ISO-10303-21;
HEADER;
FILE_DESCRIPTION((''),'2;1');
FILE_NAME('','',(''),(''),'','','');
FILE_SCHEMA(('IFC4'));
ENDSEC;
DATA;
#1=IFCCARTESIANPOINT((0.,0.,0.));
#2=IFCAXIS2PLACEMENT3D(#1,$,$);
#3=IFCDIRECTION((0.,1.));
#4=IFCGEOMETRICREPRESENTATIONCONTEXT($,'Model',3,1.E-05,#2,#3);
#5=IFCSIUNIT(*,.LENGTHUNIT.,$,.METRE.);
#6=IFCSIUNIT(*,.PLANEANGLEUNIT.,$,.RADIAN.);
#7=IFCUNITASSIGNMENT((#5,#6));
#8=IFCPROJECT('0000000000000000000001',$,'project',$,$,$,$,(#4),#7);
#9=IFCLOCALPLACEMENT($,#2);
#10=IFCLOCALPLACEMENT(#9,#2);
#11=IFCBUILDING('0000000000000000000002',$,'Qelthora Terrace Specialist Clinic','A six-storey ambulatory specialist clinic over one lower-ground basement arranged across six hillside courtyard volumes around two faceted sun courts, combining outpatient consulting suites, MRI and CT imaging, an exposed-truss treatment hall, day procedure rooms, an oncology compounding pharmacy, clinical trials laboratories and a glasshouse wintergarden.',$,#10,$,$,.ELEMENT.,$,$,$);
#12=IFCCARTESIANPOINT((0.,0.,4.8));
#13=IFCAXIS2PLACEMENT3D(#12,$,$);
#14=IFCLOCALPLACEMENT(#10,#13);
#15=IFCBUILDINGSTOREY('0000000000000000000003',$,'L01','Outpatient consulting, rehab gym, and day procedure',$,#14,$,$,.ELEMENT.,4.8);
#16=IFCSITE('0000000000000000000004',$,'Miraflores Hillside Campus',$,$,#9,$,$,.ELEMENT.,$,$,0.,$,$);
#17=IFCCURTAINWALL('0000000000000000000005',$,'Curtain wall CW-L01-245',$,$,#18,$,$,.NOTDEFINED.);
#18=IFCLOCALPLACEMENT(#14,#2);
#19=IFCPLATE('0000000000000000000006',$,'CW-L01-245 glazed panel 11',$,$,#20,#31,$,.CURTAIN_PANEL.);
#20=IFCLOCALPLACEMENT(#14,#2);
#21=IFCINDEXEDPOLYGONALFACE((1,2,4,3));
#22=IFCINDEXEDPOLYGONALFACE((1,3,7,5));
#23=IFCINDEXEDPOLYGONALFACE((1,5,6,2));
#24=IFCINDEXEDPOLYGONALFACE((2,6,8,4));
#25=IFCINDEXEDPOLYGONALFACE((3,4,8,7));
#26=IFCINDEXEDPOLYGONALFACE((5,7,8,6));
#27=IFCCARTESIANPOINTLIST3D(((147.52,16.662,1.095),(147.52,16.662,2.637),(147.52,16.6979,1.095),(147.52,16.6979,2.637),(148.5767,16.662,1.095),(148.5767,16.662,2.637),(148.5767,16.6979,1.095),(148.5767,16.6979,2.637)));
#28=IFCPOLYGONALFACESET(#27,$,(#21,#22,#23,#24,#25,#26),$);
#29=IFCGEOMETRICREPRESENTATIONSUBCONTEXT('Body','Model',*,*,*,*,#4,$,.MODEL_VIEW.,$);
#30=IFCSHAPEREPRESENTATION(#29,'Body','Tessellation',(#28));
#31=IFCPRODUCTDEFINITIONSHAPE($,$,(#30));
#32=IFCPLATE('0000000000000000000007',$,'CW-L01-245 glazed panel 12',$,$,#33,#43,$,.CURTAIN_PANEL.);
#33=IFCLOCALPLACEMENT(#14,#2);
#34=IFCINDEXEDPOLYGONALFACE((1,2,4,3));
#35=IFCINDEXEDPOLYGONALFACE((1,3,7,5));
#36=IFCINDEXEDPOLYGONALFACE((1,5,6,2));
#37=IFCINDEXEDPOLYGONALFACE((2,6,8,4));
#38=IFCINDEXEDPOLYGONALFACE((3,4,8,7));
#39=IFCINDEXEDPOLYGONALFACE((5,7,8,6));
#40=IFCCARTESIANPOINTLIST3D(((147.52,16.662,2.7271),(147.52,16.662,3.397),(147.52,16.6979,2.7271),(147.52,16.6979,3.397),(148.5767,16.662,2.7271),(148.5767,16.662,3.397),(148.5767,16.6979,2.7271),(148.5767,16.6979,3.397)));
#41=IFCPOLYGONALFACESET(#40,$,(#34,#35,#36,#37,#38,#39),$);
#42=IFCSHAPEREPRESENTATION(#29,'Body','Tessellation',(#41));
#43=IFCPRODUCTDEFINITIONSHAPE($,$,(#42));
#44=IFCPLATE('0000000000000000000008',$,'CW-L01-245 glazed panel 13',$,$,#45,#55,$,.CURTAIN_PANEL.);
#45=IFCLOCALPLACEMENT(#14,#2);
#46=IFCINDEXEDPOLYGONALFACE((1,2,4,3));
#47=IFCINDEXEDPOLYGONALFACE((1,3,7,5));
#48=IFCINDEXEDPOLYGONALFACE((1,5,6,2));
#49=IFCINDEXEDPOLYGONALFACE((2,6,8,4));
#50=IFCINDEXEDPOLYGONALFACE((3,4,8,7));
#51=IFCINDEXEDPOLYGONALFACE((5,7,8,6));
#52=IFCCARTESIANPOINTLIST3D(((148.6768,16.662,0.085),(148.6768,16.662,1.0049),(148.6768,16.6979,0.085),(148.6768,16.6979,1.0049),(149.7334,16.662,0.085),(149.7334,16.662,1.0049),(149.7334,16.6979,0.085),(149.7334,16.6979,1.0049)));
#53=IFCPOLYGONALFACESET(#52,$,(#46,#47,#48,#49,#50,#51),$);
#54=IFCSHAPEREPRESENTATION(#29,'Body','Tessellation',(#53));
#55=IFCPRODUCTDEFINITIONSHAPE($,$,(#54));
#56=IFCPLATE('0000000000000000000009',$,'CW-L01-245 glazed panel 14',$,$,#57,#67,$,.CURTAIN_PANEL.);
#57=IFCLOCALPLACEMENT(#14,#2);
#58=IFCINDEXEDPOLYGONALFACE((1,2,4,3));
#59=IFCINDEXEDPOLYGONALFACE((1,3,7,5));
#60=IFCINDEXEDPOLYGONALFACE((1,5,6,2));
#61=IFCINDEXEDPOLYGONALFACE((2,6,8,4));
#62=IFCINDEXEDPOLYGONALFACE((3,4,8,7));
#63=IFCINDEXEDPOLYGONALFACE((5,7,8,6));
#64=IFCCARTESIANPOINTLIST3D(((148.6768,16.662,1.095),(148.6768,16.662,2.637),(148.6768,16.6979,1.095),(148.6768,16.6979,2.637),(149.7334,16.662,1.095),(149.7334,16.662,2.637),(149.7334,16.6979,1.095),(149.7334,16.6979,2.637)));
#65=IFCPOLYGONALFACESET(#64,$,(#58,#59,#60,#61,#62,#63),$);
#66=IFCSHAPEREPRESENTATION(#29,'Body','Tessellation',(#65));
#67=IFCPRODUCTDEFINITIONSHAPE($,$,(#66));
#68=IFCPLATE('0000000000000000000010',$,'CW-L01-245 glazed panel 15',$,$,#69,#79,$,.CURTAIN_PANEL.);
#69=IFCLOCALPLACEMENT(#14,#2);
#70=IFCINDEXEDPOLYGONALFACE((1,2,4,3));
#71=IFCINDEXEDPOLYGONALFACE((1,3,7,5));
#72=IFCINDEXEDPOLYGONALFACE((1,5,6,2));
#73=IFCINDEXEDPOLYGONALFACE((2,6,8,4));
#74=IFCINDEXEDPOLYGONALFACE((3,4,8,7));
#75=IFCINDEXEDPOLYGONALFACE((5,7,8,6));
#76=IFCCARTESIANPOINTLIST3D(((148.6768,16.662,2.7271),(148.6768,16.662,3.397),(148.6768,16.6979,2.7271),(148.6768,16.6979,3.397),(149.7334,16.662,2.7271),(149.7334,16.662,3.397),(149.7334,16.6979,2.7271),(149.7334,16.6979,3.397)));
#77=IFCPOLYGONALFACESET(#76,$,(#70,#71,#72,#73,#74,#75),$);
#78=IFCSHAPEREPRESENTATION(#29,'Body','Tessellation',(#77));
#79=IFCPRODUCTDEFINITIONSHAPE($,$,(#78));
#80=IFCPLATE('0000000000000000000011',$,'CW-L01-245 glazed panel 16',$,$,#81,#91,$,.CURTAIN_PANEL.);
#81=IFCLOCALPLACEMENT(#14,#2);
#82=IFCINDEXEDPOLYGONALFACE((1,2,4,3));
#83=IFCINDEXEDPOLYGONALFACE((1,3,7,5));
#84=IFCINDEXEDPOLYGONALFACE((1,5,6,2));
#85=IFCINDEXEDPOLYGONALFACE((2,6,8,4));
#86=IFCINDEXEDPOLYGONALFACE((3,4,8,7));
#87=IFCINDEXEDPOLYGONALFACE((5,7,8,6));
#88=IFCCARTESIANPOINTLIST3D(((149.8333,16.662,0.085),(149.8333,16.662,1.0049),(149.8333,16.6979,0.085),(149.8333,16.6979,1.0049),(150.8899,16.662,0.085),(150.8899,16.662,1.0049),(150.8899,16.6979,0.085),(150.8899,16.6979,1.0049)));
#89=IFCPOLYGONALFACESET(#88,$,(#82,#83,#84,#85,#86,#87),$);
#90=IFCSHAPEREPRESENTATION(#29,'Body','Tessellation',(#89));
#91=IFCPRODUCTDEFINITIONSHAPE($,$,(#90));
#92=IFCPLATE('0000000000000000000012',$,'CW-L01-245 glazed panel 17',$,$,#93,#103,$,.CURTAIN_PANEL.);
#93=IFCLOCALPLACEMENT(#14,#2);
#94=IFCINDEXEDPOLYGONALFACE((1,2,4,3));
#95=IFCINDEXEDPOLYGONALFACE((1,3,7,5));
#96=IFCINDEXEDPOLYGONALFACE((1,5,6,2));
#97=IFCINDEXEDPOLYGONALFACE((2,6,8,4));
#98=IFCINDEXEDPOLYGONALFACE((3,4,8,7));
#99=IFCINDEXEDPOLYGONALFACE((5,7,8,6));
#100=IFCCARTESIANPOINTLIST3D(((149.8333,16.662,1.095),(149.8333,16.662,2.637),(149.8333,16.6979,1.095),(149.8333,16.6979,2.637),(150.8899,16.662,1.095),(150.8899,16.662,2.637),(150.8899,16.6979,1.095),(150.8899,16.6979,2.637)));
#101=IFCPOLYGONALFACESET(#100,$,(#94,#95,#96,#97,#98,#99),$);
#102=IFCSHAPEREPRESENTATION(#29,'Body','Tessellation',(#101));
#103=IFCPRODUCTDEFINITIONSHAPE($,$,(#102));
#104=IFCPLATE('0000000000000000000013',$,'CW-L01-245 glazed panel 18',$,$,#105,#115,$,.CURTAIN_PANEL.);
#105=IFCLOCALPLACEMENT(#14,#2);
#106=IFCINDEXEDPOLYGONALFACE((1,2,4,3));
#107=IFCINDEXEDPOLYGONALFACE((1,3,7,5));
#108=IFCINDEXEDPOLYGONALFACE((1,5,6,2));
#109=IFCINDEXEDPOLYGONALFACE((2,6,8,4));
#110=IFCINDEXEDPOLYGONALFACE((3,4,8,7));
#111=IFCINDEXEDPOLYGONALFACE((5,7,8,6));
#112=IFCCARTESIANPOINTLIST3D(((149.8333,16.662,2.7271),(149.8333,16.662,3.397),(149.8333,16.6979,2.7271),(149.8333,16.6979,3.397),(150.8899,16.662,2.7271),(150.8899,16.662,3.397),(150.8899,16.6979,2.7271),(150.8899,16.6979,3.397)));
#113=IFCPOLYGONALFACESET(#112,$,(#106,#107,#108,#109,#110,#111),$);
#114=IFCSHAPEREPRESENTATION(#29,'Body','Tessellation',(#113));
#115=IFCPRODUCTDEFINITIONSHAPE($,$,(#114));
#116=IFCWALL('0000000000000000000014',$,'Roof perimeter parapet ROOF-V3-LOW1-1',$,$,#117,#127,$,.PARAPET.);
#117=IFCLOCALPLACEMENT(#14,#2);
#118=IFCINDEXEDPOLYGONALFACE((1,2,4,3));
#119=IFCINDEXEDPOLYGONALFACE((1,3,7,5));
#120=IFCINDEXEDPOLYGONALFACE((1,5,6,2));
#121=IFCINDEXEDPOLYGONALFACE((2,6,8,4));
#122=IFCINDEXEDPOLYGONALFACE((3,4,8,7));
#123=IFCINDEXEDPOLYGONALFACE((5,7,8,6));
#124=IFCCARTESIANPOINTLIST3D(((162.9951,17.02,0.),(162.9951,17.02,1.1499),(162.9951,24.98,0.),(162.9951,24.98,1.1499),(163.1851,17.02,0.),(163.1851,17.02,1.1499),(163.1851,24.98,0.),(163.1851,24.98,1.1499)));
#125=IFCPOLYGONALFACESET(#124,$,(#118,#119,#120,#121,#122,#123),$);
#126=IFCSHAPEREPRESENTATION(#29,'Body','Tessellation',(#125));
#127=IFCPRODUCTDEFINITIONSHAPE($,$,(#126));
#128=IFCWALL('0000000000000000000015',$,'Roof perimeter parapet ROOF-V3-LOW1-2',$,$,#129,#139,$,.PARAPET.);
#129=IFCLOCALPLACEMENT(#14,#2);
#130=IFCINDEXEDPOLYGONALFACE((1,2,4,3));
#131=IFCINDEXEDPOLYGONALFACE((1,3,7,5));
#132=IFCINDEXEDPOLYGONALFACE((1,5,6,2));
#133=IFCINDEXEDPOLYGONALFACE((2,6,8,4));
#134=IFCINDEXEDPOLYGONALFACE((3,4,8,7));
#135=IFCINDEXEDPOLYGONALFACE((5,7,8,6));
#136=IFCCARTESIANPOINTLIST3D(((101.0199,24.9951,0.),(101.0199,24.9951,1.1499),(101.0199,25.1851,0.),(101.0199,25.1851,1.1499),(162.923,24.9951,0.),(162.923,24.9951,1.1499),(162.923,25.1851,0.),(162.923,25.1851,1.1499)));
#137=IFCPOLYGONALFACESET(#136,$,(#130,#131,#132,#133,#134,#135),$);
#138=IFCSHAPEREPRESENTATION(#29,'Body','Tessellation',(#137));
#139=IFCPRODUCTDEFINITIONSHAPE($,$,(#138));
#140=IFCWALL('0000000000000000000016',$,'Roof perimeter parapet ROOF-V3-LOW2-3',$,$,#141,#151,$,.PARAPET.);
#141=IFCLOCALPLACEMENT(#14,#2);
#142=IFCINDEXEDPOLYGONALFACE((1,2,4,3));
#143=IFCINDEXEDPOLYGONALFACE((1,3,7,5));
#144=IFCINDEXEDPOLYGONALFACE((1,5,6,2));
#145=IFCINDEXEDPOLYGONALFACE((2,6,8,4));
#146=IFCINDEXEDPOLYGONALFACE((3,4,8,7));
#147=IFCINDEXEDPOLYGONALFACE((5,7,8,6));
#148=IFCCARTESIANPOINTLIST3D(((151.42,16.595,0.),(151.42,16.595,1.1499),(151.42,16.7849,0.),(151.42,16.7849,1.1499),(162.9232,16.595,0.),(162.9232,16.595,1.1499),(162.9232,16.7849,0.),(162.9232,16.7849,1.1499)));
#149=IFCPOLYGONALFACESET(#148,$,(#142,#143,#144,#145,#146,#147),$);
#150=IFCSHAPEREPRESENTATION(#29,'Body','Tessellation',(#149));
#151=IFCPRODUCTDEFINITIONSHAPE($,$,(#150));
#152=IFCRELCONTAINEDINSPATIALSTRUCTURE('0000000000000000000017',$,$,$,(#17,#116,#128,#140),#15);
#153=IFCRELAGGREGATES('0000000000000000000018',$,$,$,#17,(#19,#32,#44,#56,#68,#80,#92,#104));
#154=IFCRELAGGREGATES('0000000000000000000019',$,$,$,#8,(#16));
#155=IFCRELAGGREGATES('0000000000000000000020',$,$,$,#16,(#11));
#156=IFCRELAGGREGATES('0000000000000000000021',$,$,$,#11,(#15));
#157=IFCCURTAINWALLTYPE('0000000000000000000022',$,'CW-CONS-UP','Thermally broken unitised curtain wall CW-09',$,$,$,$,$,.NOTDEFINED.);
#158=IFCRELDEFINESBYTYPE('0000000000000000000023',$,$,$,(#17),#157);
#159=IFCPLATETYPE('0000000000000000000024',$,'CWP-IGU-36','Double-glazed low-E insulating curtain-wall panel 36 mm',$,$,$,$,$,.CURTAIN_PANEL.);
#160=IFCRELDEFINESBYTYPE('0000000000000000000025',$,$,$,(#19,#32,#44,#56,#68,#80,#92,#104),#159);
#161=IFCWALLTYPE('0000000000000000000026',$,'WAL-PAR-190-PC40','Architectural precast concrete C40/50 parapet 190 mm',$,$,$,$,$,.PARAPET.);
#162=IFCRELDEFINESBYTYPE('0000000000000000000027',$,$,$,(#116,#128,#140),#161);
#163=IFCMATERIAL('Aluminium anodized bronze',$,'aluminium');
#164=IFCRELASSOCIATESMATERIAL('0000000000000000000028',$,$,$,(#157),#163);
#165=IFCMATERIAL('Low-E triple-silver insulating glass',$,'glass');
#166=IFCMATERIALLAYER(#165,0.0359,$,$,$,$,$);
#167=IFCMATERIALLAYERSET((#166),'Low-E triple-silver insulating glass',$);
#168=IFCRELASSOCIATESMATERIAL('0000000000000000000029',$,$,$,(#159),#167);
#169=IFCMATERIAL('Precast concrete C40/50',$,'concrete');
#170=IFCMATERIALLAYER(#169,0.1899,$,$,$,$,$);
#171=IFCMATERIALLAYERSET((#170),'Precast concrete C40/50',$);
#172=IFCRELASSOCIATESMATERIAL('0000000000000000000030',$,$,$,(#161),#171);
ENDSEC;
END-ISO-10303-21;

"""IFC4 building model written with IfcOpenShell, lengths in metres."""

from ifc_helpers import new_model, si_unit, direction, frame, frame_2d, origin, origin_2d, place, context, subcontext, project, spatial, rectangle, extrude, material, layer, layer_set, type_object, element, aggregate, save


model = new_model("IFC4")

# Units and contexts
model_context = context("Model", 3, precision=1e-05, world=origin(), true_north=direction((0.0, 1.0)))
body_context = subcontext(model_context, "Body", "Model", "MODEL_VIEW")
ifc_project = project(units=[si_unit("LENGTHUNIT", "METRE"), si_unit("PLANEANGLEUNIT", "RADIAN")], contexts=[model_context])

# Site, building, storey
site_placement = place(None, origin())
site = spatial("IfcSite", under=ifc_project, at=site_placement, Name="Miraflores Hillside Campus", CompositionType="ELEMENT", RefElevation=0.0)
building_placement = place(site_placement, origin())
building = spatial("IfcBuilding", under=site, at=building_placement, Name="Qelthora Terrace Specialist Clinic", Description="A six-storey ambulatory specialist clinic over one lower-ground basement arranged across six hillside courtyard volumes around two faceted sun courts, combining outpatient consulting suites, MRI and CT imaging, an exposed-truss treatment hall, day procedure rooms, an oncology compounding pharmacy, clinical trials laboratories and a glasshouse wintergarden.", CompositionType="ELEMENT")
storey_placement = place(building_placement, frame((0.0, 0.0, 4.8)))
storey = spatial("IfcBuildingStorey", under=building, at=storey_placement, Name="L01", Description="Outpatient consulting, rehab gym, and day procedure", CompositionType="ELEMENT", Elevation=4.8)

# Curtain wall
ifc_material_1 = material(Name="Aluminium anodized bronze", Category="aluminium")
curtain_wall_type = type_object("IfcCurtainWallType", Name="CW-CONS-UP", Description="Thermally broken unitised curtain wall CW-09", PredefinedType="NOTDEFINED", material=ifc_material_1)
curtain_wall_placement = place(storey_placement, origin())
curtain_wall = element("IfcCurtainWall", 1, at=curtain_wall_placement, inside=storey, type_object=curtain_wall_type, Name="Curtain wall CW-L01-245", PredefinedType="NOTDEFINED")

# Plates
ifc_material_2 = material(Name="Low-E triple-silver insulating glass", Category="glass")
ifc_layer_1 = layer(ifc_material_2, 0.0359)
ifc_layer_set_1 = layer_set([ifc_layer_1], Name="Low-E triple-silver insulating glass")
plate_type = type_object("IfcPlateType", Name="CWP-IGU-36", Description="Double-glazed low-E insulating curtain-wall panel 36 mm", PredefinedType="CURTAIN_PANEL", material=ifc_layer_set_1)
plate_1_placement = place(storey_placement, frame((148.0483, 16.6799, 1.095), z_axis=(0.0, 0.0, 1.0), x_axis=(1.0, 0.0, 0.0)))
plate_1 = element("IfcPlate", 2, at=plate_1_placement, type_object=plate_type, Name="CW-L01-245 glazed panel 11", PredefinedType="CURTAIN_PANEL", context=body_context, shape_type="SweptSolid", body=[
    extrude(rectangle(XDim=1.0566, YDim=0.0359, at=origin_2d()), origin(), (0.0, 0.0, 1.0), 1.542),
])
plate_2_placement = place(storey_placement, frame((148.0483, 16.6799, 2.7271), z_axis=(0.0, 0.0, 1.0), x_axis=(1.0, 0.0, 0.0)))
plate_2 = element("IfcPlate", 3, at=plate_2_placement, type_object=plate_type, Name="CW-L01-245 glazed panel 12", PredefinedType="CURTAIN_PANEL", context=body_context, shape_type="SweptSolid", body=[
    extrude(rectangle(XDim=1.0566, YDim=0.0359, at=origin_2d()), origin(), (0.0, 0.0, 1.0), 0.6699),
])
plate_3_placement = place(storey_placement, frame((149.2051, 16.6799, 0.085), z_axis=(0.0, 0.0, 1.0), x_axis=(1.0, 0.0, 0.0)))
plate_3 = element("IfcPlate", 4, at=plate_3_placement, type_object=plate_type, Name="CW-L01-245 glazed panel 13", PredefinedType="CURTAIN_PANEL", context=body_context, shape_type="SweptSolid", body=[
    extrude(rectangle(XDim=1.0566, YDim=0.0359, at=origin_2d()), origin(), (0.0, 0.0, 1.0), 0.9199),
])
plate_4_placement = place(storey_placement, frame((149.2051, 16.6799, 1.095), z_axis=(0.0, 0.0, 1.0), x_axis=(1.0, 0.0, 0.0)))
plate_4 = element("IfcPlate", 5, at=plate_4_placement, type_object=plate_type, Name="CW-L01-245 glazed panel 14", PredefinedType="CURTAIN_PANEL", context=body_context, shape_type="SweptSolid", body=[
    extrude(rectangle(XDim=1.0566, YDim=0.0359, at=origin_2d()), origin(), (0.0, 0.0, 1.0), 1.542),
])
plate_5_placement = place(storey_placement, frame((149.2051, 16.6799, 2.7271), z_axis=(0.0, 0.0, 1.0), x_axis=(1.0, 0.0, 0.0)))
plate_5 = element("IfcPlate", 6, at=plate_5_placement, type_object=plate_type, Name="CW-L01-245 glazed panel 15", PredefinedType="CURTAIN_PANEL", context=body_context, shape_type="SweptSolid", body=[
    extrude(rectangle(XDim=1.0566, YDim=0.0359, at=origin_2d()), origin(), (0.0, 0.0, 1.0), 0.6699),
])
plate_6_placement = place(storey_placement, frame((150.3616, 16.6799, 0.085), z_axis=(0.0, 0.0, 1.0), x_axis=(1.0, 0.0, 0.0)))
plate_6 = element("IfcPlate", 7, at=plate_6_placement, type_object=plate_type, Name="CW-L01-245 glazed panel 16", PredefinedType="CURTAIN_PANEL", context=body_context, shape_type="SweptSolid", body=[
    extrude(rectangle(XDim=1.0566, YDim=0.0359, at=origin_2d()), origin(), (0.0, 0.0, 1.0), 0.9199),
])
plate_7_placement = place(storey_placement, frame((150.3616, 16.6799, 1.095), z_axis=(0.0, 0.0, 1.0), x_axis=(1.0, 0.0, 0.0)))
plate_7 = element("IfcPlate", 8, at=plate_7_placement, type_object=plate_type, Name="CW-L01-245 glazed panel 17", PredefinedType="CURTAIN_PANEL", context=body_context, shape_type="SweptSolid", body=[
    extrude(rectangle(XDim=1.0566, YDim=0.0359, at=origin_2d()), origin(), (0.0, 0.0, 1.0), 1.542),
])
plate_8_placement = place(storey_placement, frame((150.3616, 16.6799, 2.7271), z_axis=(0.0, 0.0, 1.0), x_axis=(1.0, 0.0, 0.0)))
plate_8 = element("IfcPlate", 9, at=plate_8_placement, type_object=plate_type, Name="CW-L01-245 glazed panel 18", PredefinedType="CURTAIN_PANEL", context=body_context, shape_type="SweptSolid", body=[
    extrude(rectangle(XDim=1.0566, YDim=0.0359, at=origin_2d()), origin(), (0.0, 0.0, 1.0), 0.6699),
])
aggregate(curtain_wall, [plate_1, plate_2, plate_3, plate_4, plate_5, plate_6, plate_7, plate_8])

# Walls
ifc_material_3 = material(Name="Precast concrete C40/50", Category="concrete")
ifc_layer_2 = layer(ifc_material_3, 0.1899)
ifc_layer_set_2 = layer_set([ifc_layer_2], Name="Precast concrete C40/50")
wall_type = type_object("IfcWallType", Name="WAL-PAR-190-PC40", Description="Architectural precast concrete C40/50 parapet 190 mm", PredefinedType="PARAPET", material=ifc_layer_set_2)
wall_1_placement = place(storey_placement, frame((163.0901, 17.02, 0.0), z_axis=(0.0, 0.0, 1.0), x_axis=(0.0, 1.0, 0.0)))
element("IfcWall", 10, at=wall_1_placement, inside=storey, type_object=wall_type, Name="Roof perimeter parapet ROOF-V3-LOW1-1", PredefinedType="PARAPET", context=body_context, shape_type="SweptSolid", body=[
    extrude(rectangle(XDim=7.96, YDim=0.1899, at=frame_2d((3.98, 0.0))), origin(), (0.0, 0.0, 1.0), 1.1499),
])
wall_2_placement = place(storey_placement, frame((162.9231, 25.0901, 0.0), z_axis=(0.0, 0.0, 1.0), x_axis=(-1.0, 0.0, 0.0)))
element("IfcWall", 11, at=wall_2_placement, inside=storey, type_object=wall_type, Name="Roof perimeter parapet ROOF-V3-LOW1-2", PredefinedType="PARAPET", context=body_context, shape_type="SweptSolid", body=[
    extrude(rectangle(XDim=61.9031, YDim=0.1899, at=frame_2d((30.9517, 0.0))), origin(), (0.0, 0.0, 1.0), 1.1499),
])
wall_3_placement = place(storey_placement, frame((162.9231, 16.6899, 0.0), z_axis=(0.0, 0.0, 1.0), x_axis=(-1.0, 0.0, 0.0)))
element("IfcWall", 12, at=wall_3_placement, inside=storey, type_object=wall_type, Name="Roof perimeter parapet ROOF-V3-LOW2-3", PredefinedType="PARAPET", context=body_context, shape_type="SweptSolid", body=[
    extrude(rectangle(XDim=11.5032, YDim=0.1899, at=frame_2d((5.7515, 0.0))), origin(), (0.0, 0.0, 1.0), 1.1499),
])

save(model, "model.ifc")
